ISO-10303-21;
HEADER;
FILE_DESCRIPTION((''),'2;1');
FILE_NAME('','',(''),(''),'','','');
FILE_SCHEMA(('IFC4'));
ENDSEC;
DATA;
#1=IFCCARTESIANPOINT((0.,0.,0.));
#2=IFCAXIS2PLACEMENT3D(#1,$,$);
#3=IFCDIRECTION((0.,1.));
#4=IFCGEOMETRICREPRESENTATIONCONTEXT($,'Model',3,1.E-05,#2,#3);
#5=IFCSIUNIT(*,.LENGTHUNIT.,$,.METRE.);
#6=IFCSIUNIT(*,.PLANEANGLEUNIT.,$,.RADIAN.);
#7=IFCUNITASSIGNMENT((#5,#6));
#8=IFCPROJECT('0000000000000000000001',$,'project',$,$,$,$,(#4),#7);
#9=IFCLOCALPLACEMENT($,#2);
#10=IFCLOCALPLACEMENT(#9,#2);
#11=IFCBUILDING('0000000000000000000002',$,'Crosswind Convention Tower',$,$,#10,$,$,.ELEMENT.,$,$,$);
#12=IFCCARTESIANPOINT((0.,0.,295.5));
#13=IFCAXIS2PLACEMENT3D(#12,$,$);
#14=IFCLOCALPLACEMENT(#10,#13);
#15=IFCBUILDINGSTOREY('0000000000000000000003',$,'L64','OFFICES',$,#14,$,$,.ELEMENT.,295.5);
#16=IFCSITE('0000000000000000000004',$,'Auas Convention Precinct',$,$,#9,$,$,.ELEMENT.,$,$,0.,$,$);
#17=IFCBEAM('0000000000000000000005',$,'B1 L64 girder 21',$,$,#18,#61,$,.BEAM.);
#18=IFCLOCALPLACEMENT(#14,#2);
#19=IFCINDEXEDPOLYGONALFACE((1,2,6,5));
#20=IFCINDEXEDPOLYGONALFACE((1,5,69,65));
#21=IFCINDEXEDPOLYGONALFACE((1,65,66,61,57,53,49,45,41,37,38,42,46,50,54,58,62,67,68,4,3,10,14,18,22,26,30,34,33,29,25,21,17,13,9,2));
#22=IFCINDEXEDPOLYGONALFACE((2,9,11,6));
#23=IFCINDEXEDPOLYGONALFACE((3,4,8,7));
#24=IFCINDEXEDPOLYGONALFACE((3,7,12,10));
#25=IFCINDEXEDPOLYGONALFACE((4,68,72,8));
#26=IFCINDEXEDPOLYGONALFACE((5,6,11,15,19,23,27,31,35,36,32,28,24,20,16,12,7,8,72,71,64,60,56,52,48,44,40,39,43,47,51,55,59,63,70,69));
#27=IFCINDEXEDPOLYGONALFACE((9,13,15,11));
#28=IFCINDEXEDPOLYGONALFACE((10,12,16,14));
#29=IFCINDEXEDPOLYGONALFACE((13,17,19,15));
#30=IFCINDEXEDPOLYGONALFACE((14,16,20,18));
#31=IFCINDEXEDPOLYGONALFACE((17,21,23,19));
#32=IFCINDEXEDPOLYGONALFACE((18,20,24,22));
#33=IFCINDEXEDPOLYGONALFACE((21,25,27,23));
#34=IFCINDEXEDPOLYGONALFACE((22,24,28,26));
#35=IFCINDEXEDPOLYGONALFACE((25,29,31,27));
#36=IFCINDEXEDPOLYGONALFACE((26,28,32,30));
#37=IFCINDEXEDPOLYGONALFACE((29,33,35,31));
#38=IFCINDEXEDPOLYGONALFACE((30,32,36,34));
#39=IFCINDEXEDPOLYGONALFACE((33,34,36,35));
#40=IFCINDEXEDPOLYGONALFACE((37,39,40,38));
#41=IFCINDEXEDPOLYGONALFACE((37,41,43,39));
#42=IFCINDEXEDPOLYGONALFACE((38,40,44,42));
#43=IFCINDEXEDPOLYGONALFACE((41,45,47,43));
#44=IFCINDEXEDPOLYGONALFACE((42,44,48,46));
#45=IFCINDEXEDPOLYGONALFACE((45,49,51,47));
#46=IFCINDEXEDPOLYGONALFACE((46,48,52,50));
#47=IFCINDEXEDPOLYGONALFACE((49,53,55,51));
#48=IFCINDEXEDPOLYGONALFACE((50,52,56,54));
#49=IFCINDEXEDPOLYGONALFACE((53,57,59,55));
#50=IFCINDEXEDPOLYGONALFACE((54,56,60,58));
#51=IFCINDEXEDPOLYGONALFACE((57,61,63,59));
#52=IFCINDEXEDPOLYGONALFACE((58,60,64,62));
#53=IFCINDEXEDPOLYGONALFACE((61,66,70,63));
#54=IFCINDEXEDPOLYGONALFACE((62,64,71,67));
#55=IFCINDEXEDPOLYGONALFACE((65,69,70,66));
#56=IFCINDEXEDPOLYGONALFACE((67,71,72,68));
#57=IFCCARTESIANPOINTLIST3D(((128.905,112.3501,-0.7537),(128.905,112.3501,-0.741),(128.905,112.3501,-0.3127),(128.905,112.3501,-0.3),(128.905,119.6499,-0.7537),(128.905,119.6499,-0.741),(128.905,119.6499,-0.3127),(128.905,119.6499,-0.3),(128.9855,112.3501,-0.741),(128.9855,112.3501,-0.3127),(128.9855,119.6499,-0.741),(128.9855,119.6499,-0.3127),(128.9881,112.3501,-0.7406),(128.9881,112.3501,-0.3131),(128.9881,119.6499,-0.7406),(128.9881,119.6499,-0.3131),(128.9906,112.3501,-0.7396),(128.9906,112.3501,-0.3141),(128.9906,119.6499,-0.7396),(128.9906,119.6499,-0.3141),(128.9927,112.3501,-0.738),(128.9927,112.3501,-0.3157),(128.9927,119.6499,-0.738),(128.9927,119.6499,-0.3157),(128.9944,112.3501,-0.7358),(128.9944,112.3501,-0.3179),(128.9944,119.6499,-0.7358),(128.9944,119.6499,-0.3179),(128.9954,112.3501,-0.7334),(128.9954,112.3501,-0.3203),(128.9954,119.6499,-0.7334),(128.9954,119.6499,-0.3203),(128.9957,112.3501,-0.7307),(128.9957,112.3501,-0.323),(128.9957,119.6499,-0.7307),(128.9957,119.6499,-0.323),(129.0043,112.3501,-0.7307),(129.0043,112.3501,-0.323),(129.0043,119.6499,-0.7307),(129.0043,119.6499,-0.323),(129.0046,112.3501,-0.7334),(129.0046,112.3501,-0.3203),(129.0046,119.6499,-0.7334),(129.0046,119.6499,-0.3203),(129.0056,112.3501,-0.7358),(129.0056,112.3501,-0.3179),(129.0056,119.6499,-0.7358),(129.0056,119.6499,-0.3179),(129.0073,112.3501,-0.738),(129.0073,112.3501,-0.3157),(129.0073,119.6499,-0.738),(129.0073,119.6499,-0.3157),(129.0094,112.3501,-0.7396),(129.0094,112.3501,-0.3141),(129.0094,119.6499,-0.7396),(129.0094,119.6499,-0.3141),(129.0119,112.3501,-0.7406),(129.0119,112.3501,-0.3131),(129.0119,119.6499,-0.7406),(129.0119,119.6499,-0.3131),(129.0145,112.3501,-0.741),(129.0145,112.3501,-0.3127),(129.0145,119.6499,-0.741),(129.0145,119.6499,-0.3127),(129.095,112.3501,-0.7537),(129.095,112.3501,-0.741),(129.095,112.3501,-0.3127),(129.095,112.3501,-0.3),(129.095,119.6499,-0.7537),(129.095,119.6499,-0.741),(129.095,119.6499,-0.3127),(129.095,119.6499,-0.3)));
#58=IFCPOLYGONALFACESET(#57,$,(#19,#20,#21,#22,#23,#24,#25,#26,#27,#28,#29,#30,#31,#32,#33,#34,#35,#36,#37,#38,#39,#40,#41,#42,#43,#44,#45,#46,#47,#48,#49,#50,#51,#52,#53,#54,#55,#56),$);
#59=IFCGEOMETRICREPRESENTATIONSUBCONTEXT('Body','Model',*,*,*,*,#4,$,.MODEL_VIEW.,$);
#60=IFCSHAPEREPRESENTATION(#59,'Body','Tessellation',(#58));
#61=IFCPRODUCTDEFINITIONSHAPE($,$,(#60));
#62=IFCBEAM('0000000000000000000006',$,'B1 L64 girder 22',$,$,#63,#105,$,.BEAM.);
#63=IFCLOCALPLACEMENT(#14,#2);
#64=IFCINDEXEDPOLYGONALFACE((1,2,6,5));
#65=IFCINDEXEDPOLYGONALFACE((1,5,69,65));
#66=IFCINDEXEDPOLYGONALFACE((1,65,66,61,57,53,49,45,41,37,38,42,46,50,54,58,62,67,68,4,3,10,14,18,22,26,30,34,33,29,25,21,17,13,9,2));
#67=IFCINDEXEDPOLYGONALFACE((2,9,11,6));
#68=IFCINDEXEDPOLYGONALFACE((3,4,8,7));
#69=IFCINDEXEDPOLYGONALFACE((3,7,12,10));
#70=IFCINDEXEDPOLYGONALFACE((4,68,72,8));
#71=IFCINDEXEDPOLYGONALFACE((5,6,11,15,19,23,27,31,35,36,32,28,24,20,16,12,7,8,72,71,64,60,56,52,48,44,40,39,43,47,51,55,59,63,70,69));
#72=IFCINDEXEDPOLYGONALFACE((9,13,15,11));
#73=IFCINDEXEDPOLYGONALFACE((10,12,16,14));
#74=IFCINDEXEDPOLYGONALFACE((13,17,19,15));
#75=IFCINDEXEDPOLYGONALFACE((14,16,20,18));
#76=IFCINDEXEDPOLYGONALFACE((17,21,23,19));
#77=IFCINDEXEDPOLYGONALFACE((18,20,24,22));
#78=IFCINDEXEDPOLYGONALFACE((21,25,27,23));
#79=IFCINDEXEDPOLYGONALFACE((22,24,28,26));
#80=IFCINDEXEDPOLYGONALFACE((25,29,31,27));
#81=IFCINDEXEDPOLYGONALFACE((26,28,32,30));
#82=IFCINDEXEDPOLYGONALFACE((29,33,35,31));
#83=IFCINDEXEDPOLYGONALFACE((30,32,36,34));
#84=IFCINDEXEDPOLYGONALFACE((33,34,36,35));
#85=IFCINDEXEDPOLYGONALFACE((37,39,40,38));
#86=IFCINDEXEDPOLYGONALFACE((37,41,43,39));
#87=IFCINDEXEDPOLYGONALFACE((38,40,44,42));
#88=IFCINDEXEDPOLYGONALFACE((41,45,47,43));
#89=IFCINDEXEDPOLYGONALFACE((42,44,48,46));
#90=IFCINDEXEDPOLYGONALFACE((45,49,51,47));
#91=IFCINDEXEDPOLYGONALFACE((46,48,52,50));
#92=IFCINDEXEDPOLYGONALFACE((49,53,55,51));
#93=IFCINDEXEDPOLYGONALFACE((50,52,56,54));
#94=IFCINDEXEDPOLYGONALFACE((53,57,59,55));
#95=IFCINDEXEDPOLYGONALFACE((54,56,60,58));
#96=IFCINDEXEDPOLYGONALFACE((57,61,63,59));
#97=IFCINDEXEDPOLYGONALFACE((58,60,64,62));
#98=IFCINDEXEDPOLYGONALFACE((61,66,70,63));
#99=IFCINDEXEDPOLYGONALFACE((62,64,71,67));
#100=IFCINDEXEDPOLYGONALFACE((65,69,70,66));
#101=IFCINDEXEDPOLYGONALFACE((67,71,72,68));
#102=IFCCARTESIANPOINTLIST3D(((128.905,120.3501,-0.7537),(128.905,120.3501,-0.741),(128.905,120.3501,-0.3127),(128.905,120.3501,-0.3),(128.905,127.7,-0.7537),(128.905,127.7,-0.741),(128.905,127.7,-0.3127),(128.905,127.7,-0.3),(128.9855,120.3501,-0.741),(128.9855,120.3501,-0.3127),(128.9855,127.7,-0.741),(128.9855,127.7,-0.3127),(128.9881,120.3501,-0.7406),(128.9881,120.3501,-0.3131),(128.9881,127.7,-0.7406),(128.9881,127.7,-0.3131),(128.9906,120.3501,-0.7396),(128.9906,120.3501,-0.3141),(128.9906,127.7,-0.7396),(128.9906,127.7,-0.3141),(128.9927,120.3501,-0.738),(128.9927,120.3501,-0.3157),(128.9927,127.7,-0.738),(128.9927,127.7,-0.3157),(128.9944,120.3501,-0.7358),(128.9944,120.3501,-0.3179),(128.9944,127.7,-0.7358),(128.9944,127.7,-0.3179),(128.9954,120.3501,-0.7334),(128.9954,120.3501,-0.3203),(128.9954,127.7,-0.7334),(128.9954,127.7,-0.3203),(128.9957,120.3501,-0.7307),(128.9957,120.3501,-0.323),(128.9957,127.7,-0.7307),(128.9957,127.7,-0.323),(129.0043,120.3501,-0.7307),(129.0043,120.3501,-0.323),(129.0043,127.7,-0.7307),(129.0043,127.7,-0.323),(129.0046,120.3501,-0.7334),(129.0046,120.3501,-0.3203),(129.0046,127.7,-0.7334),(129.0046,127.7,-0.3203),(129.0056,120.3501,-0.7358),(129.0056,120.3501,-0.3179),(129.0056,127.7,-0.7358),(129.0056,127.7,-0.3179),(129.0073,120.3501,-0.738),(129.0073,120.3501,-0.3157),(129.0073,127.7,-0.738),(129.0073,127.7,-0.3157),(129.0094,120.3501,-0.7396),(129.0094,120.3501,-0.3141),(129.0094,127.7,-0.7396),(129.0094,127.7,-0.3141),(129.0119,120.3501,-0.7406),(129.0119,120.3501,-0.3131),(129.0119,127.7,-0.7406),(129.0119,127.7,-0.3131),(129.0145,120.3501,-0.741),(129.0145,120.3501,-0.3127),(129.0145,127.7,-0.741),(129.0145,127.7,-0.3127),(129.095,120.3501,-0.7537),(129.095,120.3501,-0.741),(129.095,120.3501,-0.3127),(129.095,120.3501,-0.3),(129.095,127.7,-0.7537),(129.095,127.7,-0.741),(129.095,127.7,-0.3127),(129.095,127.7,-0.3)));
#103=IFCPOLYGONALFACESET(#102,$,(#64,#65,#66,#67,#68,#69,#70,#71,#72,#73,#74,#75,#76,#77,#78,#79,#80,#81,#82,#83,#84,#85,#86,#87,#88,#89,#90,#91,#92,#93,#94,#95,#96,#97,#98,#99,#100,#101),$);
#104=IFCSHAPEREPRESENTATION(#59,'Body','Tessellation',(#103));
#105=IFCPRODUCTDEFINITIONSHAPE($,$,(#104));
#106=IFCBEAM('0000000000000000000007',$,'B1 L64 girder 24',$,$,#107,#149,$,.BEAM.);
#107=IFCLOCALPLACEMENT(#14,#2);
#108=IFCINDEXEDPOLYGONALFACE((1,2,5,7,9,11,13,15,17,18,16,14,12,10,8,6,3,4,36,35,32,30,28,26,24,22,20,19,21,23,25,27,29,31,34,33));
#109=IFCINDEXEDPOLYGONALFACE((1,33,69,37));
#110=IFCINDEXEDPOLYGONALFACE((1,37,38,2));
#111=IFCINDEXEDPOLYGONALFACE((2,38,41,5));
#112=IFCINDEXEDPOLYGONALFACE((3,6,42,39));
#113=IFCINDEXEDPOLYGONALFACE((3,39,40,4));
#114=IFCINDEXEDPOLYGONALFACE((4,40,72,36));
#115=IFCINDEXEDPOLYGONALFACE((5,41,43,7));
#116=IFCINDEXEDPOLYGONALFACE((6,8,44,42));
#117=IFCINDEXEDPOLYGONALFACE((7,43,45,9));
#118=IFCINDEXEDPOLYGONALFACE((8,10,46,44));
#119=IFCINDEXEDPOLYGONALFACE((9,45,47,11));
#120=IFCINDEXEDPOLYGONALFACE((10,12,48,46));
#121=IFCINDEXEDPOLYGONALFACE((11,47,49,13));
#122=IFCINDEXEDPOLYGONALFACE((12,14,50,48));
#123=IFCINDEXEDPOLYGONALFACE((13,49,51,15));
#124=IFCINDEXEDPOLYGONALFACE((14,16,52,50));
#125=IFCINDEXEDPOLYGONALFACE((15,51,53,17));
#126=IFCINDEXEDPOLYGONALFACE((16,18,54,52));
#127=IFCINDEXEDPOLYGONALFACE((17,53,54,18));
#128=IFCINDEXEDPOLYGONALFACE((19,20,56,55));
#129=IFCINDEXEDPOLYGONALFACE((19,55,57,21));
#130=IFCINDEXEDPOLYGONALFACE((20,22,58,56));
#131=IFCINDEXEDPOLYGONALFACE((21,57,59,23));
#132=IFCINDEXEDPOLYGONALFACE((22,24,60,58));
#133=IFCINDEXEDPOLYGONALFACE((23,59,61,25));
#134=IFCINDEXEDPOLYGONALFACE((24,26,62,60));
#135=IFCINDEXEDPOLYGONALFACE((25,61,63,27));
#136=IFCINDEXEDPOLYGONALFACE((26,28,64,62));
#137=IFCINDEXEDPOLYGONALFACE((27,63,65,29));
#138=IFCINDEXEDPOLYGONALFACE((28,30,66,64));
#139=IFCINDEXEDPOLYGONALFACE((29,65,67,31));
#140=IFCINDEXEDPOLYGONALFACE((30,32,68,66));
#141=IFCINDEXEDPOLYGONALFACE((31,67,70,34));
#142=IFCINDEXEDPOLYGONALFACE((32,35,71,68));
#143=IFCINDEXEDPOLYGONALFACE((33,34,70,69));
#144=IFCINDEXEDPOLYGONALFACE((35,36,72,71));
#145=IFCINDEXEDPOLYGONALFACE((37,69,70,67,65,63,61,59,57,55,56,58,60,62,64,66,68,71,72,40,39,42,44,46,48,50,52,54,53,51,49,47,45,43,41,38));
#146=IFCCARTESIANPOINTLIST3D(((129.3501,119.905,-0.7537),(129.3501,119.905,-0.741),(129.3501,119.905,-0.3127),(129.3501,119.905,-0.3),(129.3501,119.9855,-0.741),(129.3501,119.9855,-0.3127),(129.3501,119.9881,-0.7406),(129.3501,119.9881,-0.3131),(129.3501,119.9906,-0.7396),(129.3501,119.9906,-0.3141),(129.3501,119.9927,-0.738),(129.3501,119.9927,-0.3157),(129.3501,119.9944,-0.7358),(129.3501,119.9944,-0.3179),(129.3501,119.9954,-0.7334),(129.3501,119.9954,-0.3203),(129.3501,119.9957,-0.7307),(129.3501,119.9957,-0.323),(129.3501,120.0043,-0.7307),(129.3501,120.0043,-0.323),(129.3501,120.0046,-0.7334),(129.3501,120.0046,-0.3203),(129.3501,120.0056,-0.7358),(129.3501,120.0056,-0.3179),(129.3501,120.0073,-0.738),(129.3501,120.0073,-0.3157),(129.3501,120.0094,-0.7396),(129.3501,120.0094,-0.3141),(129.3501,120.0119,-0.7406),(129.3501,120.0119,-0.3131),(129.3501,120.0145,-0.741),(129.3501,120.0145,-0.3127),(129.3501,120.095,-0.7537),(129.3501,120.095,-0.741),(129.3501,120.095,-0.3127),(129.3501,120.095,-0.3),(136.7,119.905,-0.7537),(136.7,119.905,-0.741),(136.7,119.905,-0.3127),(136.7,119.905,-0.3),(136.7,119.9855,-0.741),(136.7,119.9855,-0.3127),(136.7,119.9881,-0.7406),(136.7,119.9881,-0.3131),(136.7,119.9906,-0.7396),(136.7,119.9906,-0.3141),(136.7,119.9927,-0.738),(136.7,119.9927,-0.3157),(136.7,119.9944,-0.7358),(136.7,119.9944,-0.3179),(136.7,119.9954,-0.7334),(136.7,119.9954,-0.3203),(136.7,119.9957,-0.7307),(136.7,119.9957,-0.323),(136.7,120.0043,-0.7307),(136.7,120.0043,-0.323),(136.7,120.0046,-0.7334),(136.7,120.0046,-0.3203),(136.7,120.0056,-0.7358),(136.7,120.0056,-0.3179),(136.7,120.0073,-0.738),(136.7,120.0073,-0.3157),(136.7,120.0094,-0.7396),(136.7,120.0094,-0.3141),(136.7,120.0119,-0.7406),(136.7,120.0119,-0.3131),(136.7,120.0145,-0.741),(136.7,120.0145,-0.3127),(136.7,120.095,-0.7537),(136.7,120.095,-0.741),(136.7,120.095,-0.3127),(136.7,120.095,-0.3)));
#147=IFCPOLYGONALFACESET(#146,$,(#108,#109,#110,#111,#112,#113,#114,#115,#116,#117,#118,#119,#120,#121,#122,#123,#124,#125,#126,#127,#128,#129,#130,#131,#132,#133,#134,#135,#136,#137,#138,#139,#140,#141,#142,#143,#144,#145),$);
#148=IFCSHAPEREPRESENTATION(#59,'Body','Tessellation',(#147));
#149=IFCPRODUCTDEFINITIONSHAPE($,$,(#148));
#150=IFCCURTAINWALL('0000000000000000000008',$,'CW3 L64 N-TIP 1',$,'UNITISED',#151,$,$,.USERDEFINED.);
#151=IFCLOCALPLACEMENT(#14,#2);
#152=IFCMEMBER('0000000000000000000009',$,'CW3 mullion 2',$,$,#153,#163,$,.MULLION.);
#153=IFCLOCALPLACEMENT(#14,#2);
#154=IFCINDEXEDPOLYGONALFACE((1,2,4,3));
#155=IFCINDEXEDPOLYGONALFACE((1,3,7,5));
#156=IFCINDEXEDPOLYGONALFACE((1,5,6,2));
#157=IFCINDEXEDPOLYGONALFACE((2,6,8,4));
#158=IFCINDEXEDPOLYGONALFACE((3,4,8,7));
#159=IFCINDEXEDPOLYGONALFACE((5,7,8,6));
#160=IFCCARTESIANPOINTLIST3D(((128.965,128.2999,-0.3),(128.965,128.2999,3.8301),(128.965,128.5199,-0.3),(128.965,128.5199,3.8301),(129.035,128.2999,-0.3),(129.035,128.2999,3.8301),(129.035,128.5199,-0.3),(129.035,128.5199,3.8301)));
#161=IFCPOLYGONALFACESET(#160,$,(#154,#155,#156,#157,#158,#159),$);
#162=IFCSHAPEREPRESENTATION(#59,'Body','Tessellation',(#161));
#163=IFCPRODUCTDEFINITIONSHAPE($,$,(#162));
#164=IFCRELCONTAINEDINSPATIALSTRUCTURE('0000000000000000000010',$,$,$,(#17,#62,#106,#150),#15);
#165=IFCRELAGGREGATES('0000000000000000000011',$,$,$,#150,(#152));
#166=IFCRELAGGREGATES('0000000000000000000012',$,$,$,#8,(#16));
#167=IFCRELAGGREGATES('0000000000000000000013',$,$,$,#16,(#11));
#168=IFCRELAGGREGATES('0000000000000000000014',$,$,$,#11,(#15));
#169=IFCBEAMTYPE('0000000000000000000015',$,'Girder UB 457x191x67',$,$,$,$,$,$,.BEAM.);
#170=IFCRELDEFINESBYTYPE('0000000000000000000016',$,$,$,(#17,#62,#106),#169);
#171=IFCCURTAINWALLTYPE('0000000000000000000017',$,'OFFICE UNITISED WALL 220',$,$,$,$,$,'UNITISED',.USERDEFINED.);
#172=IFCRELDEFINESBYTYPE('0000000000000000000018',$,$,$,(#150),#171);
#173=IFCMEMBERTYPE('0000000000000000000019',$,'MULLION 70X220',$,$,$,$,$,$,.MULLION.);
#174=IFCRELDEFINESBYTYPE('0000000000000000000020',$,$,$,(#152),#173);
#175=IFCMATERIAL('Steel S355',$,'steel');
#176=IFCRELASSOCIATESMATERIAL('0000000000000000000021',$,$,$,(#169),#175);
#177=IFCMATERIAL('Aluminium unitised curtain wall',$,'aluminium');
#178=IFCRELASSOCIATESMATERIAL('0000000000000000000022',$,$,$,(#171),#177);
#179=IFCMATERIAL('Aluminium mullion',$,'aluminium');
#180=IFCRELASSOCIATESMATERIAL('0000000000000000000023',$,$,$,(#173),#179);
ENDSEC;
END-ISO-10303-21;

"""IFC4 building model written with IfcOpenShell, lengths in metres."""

from ifc_helpers import new_model, si_unit, direction, frame, origin, origin_2d, place, context, subcontext, project, spatial, rectangle, i_section, extrude, material, material_profile, profile_set, type_object, element, aggregate, save


model = new_model("IFC4")

# Units and contexts
model_context = context("Model", 3, precision=1e-05, world=origin(), true_north=direction((0.0, 1.0)))
body_context = subcontext(model_context, "Body", "Model", "MODEL_VIEW")
ifc_project = project(units=[si_unit("LENGTHUNIT", "METRE"), si_unit("PLANEANGLEUNIT", "RADIAN")], contexts=[model_context])

# Site, building, storey
site_placement = place(None, origin())
site = spatial("IfcSite", under=ifc_project, at=site_placement, Name="Auas Convention Precinct", CompositionType="ELEMENT", RefElevation=0.0)
building_placement = place(site_placement, origin())
building = spatial("IfcBuilding", under=site, at=building_placement, Name="Crosswind Convention Tower", CompositionType="ELEMENT")
storey_placement = place(building_placement, frame((0.0, 0.0, 295.5)))
storey = spatial("IfcBuildingStorey", under=building, at=storey_placement, Name="L64", Description="OFFICES", CompositionType="ELEMENT", Elevation=295.5)

# Beams
ifc_material_1 = material(Name="Steel S355", Category="steel")
ifc_material_profile_1 = material_profile(ifc_material_1, i_section(OverallWidth=0.1899, OverallDepth=0.4536, WebThickness=0.0085, FlangeThickness=0.0127, FilletRadius=0.0103, at=origin_2d()), Name="UB 457x191x67")
ifc_profile_set_1 = profile_set([ifc_material_profile_1], Name="Steel S355")
beam_type_1 = type_object("IfcBeamType", Name="Girder UB 457x191x67", PredefinedType="BEAM", material=ifc_profile_set_1)
for number, where, z_axis, x_axis, name in (
    (1, (129.0, 112.3501, -0.5269), (0.0, 1.0, 0.0), (-1.0, 0.0, 0.0), "B1 L64 girder 21"),
):
    element("IfcBeam", number, at=place(storey_placement, frame(where, z_axis=z_axis, x_axis=x_axis)), inside=storey, type_object=beam_type_1, Name=name, PredefinedType="BEAM", context=body_context, shape_type="SweptSolid", body=[
        extrude(i_section(OverallWidth=0.1899, OverallDepth=0.4536, WebThickness=0.0085, FlangeThickness=0.0127, FilletRadius=0.0103, at=origin_2d()), origin(), (0.0, 0.0, 1.0), 7.2998),
    ])
for number, where, z_axis, x_axis, name in (
    (2, (129.0, 120.3501, -0.5269), (0.0, 1.0, 0.0), (-1.0, 0.0, 0.0), "B1 L64 girder 22"),
    (3, (129.3501, 120.0, -0.5269), (1.0, 0.0, 0.0), (0.0, 1.0, 0.0), "B1 L64 girder 24"),
):
    element("IfcBeam", number, at=place(storey_placement, frame(where, z_axis=z_axis, x_axis=x_axis)), inside=storey, type_object=beam_type_1, Name=name, PredefinedType="BEAM", context=body_context, shape_type="SweptSolid", body=[
        extrude(i_section(OverallWidth=0.1899, OverallDepth=0.4536, WebThickness=0.0085, FlangeThickness=0.0127, FilletRadius=0.0103, at=origin_2d()), origin(), (0.0, 0.0, 1.0), 7.3499),
    ])

# Curtain wall, member
ifc_material_2 = material(Name="Aluminium unitised curtain wall", Category="aluminium")
curtain_wall_type = type_object("IfcCurtainWallType", Name="OFFICE UNITISED WALL 220", ElementType="UNITISED", PredefinedType="USERDEFINED", material=ifc_material_2)
curtain_wall_placement = place(storey_placement, origin())
curtain_wall = element("IfcCurtainWall", 4, at=curtain_wall_placement, inside=storey, type_object=curtain_wall_type, Name="CW3 L64 N-TIP 1", ObjectType="UNITISED", PredefinedType="USERDEFINED")
ifc_material_3 = material(Name="Aluminium mullion", Category="aluminium")
ifc_material_profile_2 = material_profile(ifc_material_3, rectangle(XDim=0.22, YDim=0.0701, at=origin_2d()), Name="AL 220X70")
ifc_profile_set_2 = profile_set([ifc_material_profile_2], Name="Aluminium mullion")
member_type = type_object("IfcMemberType", Name="MULLION 70X220", PredefinedType="MULLION", material=ifc_profile_set_2)
member_placement = place(storey_placement, frame((129.0, 128.4099, -0.3), z_axis=(0.0, 0.0, 1.0), x_axis=(0.0, 1.0, 0.0)))
member = element("IfcMember", 5, at=member_placement, type_object=member_type, Name="CW3 mullion 2", PredefinedType="MULLION", context=body_context, shape_type="SweptSolid", body=[
    extrude(rectangle(XDim=0.22, YDim=0.0701, at=origin_2d()), origin(), (0.0, 0.0, 1.0), 4.1301),
])

aggregate(curtain_wall, [member])

save(model, "model.ifc")
